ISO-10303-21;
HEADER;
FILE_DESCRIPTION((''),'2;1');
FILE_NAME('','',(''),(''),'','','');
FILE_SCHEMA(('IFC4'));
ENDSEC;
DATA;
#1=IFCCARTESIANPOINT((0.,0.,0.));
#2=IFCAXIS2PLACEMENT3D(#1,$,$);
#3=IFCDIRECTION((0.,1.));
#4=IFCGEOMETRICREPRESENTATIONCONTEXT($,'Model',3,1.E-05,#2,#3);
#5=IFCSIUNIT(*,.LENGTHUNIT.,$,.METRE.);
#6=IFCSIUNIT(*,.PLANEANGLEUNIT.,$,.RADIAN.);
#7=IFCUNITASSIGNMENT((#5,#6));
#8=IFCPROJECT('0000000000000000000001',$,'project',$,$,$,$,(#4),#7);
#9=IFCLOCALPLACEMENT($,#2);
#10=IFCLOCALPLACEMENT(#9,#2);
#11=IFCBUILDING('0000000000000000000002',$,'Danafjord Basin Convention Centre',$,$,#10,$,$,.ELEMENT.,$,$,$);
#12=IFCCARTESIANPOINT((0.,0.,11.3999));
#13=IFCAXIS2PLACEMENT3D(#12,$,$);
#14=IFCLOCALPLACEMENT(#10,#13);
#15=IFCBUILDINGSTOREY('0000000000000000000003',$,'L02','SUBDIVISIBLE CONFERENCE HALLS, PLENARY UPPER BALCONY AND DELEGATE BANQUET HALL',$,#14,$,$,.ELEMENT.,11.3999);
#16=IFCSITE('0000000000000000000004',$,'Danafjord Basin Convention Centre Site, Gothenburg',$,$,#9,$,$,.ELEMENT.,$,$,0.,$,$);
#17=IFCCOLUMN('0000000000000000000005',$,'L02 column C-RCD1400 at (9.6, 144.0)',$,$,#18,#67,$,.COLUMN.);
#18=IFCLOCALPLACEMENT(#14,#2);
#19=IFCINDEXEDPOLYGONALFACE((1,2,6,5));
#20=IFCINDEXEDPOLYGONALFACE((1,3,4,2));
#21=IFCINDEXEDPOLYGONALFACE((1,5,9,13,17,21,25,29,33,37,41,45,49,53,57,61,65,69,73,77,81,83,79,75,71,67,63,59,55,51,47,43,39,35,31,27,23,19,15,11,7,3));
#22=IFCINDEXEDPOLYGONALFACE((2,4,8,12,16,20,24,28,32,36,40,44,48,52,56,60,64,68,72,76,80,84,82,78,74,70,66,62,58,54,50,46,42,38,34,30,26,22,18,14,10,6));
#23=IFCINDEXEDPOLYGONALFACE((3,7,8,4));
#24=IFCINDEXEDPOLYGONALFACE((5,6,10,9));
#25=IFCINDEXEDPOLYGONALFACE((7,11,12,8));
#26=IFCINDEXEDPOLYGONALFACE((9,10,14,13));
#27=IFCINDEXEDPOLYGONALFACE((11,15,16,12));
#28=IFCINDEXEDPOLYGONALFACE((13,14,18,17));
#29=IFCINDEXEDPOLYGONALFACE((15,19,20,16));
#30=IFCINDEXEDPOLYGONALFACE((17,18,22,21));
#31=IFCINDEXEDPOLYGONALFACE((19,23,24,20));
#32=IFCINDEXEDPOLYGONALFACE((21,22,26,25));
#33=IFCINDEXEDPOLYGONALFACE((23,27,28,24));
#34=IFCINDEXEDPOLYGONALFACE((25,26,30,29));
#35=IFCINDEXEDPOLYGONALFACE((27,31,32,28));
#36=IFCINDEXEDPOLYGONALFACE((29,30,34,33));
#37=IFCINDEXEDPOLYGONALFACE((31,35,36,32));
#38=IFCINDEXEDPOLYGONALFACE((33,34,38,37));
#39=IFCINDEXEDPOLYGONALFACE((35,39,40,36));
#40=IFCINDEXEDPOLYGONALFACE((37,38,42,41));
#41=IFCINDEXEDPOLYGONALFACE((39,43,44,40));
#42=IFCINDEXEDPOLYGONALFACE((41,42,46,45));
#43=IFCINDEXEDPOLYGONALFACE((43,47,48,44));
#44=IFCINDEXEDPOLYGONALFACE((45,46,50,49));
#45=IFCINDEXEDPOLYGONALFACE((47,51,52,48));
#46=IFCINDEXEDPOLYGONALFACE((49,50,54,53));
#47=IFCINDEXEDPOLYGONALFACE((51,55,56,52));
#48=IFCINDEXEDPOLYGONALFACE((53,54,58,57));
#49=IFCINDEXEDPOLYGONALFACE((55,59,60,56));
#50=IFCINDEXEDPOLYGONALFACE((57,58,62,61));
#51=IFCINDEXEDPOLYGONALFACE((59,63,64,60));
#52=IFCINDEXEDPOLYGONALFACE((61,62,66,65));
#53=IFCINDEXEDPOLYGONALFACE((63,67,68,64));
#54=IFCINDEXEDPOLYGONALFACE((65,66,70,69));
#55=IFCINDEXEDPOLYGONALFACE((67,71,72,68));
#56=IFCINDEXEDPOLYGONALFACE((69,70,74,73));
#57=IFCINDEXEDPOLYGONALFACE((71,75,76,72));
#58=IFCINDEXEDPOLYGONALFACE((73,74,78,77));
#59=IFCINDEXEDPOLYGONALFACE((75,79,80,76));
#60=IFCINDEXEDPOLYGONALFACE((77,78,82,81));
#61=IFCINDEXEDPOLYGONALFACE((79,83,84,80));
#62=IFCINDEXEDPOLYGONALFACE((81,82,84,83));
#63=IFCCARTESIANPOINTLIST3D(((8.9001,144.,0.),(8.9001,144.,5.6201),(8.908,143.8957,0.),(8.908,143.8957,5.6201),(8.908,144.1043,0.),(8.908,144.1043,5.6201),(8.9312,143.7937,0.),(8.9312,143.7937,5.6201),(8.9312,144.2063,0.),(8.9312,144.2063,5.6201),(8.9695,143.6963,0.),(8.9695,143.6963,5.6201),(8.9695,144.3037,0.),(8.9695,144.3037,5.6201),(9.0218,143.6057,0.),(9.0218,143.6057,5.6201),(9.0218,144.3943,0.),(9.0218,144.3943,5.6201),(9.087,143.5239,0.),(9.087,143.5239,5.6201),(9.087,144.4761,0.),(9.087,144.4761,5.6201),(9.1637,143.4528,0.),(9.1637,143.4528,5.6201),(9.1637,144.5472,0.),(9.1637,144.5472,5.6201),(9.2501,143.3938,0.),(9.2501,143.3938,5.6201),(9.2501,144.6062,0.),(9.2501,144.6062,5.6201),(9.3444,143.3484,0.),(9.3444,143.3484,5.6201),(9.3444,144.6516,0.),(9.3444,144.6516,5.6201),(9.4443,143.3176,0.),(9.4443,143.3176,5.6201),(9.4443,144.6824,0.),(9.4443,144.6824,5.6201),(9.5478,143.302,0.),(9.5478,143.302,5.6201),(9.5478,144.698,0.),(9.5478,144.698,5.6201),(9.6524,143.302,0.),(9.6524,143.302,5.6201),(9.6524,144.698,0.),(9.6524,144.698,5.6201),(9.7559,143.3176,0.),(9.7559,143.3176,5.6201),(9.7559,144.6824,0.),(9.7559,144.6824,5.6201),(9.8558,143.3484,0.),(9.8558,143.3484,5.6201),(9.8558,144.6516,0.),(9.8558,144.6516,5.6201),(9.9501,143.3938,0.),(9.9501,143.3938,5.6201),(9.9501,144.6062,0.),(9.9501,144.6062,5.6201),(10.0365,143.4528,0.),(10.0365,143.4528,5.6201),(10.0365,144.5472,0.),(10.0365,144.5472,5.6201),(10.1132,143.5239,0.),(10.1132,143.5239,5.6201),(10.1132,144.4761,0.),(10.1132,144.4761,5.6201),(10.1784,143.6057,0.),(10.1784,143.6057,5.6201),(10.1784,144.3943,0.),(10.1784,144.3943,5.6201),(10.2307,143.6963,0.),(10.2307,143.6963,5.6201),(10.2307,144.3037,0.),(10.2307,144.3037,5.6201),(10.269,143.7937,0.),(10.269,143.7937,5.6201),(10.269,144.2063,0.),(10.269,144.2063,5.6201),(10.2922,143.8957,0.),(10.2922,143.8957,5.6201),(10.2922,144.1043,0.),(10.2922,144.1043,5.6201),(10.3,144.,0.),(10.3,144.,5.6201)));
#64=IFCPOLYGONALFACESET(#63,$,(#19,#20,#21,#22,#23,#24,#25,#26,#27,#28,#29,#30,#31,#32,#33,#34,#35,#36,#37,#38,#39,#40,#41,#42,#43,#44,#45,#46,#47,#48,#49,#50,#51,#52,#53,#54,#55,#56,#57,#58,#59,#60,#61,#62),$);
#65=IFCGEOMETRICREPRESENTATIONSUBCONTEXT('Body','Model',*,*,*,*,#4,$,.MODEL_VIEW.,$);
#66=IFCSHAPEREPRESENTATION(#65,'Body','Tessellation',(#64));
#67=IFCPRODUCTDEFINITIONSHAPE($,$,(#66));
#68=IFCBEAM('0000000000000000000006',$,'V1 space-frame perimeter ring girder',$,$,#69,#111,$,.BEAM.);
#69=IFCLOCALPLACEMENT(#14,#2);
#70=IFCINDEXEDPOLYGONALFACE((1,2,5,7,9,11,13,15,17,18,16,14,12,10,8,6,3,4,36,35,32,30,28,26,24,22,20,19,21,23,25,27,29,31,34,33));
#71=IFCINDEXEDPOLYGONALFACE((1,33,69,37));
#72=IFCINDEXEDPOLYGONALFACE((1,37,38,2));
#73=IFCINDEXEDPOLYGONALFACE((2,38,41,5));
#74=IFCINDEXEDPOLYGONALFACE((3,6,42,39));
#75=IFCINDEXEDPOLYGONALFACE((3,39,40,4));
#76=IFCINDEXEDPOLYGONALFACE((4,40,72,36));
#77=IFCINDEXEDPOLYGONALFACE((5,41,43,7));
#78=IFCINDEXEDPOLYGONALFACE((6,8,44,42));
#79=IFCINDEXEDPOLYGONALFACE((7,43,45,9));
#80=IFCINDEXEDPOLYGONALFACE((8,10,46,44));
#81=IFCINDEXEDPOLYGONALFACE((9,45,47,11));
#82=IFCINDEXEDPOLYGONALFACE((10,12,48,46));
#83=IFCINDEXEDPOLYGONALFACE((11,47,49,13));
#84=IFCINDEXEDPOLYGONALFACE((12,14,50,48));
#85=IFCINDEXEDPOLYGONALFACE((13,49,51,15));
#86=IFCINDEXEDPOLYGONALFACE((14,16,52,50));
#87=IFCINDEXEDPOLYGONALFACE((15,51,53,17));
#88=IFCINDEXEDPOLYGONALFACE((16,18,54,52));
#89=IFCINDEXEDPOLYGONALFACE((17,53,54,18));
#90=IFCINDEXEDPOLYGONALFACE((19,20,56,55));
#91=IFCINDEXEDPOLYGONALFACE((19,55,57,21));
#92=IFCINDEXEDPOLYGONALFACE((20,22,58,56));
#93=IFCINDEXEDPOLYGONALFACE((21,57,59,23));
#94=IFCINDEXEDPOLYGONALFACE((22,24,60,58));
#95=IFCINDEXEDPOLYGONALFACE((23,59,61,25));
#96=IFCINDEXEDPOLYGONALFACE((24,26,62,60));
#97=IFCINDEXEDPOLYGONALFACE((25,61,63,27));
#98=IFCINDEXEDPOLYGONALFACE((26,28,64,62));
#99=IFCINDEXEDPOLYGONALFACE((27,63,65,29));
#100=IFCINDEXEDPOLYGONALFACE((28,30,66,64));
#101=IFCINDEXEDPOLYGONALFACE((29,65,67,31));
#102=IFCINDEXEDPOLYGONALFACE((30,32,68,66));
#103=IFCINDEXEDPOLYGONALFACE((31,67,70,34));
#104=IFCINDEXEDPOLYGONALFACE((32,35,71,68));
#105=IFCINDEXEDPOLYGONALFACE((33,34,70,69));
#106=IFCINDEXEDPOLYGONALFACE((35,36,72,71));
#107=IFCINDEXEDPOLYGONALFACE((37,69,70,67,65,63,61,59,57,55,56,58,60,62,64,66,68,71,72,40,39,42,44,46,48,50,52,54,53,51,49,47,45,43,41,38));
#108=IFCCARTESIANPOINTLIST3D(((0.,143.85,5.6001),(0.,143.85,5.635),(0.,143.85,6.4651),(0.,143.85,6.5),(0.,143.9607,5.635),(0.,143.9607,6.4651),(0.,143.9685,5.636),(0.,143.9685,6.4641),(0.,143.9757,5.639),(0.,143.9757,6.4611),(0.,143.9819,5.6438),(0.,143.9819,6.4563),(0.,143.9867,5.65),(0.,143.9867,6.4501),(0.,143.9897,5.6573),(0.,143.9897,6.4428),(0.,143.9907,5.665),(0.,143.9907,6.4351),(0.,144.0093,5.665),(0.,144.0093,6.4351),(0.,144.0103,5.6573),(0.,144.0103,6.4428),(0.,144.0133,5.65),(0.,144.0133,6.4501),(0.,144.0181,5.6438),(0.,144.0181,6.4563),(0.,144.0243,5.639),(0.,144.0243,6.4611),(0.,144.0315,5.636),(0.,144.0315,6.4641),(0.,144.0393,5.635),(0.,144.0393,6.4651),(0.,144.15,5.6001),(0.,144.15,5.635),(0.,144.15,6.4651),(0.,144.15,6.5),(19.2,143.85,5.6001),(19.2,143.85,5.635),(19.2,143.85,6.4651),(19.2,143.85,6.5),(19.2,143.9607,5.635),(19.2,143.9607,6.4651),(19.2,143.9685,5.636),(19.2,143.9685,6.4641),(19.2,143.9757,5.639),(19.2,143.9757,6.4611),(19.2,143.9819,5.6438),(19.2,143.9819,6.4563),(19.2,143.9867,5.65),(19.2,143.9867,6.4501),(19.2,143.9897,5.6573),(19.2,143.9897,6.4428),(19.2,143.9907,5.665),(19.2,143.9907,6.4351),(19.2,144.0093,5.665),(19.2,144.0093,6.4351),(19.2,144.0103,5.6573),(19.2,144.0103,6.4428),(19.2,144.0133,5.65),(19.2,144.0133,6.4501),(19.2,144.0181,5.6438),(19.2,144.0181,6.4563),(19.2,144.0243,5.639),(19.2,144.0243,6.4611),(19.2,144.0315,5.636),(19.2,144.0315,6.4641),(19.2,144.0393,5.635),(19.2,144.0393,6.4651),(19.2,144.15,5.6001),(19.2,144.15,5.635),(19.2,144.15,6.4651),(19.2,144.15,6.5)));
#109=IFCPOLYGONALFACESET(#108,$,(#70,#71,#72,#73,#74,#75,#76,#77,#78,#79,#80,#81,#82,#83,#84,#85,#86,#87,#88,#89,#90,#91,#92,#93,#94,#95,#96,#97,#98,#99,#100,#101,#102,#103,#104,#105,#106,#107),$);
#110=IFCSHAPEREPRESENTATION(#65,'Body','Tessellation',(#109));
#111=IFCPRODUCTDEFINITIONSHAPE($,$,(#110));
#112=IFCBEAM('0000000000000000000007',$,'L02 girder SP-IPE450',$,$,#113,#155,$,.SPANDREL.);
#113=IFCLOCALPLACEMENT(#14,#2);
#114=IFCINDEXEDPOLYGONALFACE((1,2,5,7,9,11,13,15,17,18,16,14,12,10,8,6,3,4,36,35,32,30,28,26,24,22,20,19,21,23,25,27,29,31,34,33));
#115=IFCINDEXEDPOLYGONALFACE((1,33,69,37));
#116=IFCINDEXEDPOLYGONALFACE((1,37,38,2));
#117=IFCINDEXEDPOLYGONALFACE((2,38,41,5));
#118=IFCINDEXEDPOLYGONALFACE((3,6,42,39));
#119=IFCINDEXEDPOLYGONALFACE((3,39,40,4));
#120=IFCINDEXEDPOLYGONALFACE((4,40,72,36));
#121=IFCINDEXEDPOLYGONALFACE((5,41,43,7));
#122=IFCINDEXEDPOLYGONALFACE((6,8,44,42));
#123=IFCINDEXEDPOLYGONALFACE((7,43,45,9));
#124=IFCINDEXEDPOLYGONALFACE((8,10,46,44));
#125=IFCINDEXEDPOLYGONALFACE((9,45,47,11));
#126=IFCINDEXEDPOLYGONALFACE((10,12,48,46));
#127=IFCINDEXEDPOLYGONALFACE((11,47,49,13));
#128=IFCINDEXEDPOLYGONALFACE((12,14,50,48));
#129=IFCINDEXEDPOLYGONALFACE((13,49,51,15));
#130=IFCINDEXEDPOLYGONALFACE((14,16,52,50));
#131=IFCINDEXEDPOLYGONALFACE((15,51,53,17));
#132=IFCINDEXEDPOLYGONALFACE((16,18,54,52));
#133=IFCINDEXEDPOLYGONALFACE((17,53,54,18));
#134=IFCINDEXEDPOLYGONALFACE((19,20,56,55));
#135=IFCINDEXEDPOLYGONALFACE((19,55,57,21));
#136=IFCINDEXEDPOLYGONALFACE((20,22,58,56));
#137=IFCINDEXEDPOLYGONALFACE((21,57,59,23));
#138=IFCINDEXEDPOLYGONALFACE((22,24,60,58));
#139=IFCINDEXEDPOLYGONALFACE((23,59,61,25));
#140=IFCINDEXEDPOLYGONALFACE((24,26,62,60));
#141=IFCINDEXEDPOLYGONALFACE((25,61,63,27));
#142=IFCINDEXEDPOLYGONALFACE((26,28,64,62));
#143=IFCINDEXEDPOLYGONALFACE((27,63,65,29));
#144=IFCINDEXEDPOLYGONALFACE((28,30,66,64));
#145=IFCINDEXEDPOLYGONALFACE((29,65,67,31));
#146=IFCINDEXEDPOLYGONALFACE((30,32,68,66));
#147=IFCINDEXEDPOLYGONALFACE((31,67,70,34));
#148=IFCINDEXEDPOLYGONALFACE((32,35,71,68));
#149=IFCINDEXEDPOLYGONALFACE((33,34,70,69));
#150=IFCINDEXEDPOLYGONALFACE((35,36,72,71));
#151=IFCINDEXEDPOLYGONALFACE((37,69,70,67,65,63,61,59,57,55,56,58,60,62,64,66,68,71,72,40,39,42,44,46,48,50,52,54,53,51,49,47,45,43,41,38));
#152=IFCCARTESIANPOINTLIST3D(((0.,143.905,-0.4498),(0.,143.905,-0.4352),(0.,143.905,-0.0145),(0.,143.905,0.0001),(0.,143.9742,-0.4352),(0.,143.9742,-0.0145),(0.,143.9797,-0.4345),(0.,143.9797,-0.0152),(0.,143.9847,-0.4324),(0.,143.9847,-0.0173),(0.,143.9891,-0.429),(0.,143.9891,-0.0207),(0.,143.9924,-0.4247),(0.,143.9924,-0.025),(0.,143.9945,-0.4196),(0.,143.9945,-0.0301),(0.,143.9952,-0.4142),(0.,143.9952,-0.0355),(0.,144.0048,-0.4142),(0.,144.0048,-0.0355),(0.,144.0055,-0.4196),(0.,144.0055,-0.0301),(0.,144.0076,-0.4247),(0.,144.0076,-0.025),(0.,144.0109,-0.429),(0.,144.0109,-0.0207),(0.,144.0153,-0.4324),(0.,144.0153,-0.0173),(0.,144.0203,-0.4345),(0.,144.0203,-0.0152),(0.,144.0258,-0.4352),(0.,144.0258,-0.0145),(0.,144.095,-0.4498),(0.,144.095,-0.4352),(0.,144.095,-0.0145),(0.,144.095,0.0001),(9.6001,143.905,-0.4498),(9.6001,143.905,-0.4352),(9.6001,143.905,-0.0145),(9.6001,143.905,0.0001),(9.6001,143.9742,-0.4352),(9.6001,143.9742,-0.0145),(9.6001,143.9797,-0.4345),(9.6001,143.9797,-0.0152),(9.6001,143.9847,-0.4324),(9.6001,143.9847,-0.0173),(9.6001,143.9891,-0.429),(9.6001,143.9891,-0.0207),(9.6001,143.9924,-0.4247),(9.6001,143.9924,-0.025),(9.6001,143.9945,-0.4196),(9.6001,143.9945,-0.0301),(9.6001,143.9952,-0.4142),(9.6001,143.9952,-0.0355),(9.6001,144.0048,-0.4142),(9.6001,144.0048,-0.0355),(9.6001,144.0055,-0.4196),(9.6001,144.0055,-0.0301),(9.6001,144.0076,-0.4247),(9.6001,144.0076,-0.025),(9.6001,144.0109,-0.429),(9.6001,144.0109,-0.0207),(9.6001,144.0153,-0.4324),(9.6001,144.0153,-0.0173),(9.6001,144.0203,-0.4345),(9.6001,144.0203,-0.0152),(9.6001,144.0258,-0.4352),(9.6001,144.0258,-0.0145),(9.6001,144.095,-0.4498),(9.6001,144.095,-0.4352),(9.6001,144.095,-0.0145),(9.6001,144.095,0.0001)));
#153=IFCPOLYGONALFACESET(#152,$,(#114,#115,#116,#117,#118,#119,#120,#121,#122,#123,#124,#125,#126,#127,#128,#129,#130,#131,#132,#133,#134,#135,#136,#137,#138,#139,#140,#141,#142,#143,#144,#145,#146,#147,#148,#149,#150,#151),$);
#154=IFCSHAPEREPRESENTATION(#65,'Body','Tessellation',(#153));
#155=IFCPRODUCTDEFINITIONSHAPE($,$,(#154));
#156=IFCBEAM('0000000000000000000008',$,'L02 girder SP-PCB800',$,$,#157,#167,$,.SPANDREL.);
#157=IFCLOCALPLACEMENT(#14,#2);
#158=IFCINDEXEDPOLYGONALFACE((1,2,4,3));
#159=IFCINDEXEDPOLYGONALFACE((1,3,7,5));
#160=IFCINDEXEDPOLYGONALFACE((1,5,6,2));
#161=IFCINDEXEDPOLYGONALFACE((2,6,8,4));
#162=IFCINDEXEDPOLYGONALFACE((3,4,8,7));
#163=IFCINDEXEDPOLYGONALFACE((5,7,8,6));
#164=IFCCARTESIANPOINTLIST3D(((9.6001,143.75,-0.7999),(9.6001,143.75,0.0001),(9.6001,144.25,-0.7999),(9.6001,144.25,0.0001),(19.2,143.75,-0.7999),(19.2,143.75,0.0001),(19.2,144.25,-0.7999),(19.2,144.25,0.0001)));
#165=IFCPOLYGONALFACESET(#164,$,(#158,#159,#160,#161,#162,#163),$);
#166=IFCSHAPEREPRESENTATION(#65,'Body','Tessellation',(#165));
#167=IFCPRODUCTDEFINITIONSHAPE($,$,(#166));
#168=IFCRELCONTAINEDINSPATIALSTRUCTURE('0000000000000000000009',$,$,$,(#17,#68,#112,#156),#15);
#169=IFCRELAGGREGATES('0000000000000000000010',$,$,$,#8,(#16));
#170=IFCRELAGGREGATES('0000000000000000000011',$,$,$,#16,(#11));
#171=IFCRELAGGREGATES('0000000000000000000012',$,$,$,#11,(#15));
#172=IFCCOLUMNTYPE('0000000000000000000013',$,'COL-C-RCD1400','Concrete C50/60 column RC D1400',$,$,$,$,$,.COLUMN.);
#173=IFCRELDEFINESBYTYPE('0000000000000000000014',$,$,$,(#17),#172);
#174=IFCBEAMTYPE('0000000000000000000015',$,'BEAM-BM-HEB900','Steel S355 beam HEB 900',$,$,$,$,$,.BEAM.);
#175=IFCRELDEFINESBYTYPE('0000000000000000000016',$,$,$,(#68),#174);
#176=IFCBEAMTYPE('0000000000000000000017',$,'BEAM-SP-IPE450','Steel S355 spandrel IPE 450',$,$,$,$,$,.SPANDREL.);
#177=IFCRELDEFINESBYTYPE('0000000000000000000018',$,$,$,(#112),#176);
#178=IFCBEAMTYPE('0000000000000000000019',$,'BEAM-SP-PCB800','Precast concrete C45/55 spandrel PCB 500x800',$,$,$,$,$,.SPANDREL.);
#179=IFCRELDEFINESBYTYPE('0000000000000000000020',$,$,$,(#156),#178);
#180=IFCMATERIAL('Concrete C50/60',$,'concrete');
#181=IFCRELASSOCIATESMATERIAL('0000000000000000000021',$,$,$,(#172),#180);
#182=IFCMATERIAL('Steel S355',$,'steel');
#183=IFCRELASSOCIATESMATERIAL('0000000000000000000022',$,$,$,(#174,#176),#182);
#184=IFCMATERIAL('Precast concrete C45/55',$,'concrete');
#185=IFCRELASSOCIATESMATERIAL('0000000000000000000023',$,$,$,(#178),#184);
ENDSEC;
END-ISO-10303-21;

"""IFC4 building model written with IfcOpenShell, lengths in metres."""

from ifc_helpers import new_model, si_unit, direction, frame, origin, origin_2d, place, context, subcontext, project, spatial, rectangle, circle, i_section, extrude, material, material_profile, profile_set, type_object, element, save


model = new_model("IFC4")

# Units and contexts
model_context = context("Model", 3, precision=1e-05, world=origin(), true_north=direction((0.0, 1.0)))
body_context = subcontext(model_context, "Body", "Model", "MODEL_VIEW")
ifc_project = project(units=[si_unit("LENGTHUNIT", "METRE"), si_unit("PLANEANGLEUNIT", "RADIAN")], contexts=[model_context])

# Site, building, storey
site_placement = place(None, origin())
site = spatial("IfcSite", under=ifc_project, at=site_placement, Name="Danafjord Basin Convention Centre Site, Gothenburg", CompositionType="ELEMENT", RefElevation=0.0)
building_placement = place(site_placement, origin())
building = spatial("IfcBuilding", under=site, at=building_placement, Name="Danafjord Basin Convention Centre", CompositionType="ELEMENT")
storey_placement = place(building_placement, frame((0.0, 0.0, 11.3999)))
storey = spatial("IfcBuildingStorey", under=building, at=storey_placement, Name="L02", Description="SUBDIVISIBLE CONFERENCE HALLS, PLENARY UPPER BALCONY AND DELEGATE BANQUET HALL", CompositionType="ELEMENT", Elevation=11.3999)

# Column
ifc_material_1 = material(Name="Concrete C50/60", Category="concrete")
ifc_material_profile_1 = material_profile(ifc_material_1, circle(Radius=0.7, at=origin_2d()), Name="RC D1400")
ifc_profile_set_1 = profile_set([ifc_material_profile_1], Name="Concrete C50/60")
column_type = type_object("IfcColumnType", Name="COL-C-RCD1400", Description="Concrete C50/60 column RC D1400", PredefinedType="COLUMN", material=ifc_profile_set_1)
column_placement = place(storey_placement, frame((9.6001, 144.0, 0.0), z_axis=(0.0, 0.0, 1.0), x_axis=(1.0, 0.0, 0.0)))
element("IfcColumn", 1, at=column_placement, inside=storey, type_object=column_type, Name="L02 column C-RCD1400 at (9.6, 144.0)", PredefinedType="COLUMN", context=body_context, shape_type="SweptSolid", body=[
    extrude(circle(Radius=0.7, at=origin_2d()), origin(), (0.0, 0.0, 1.0), 5.6201),
])

# Beams
ifc_material_2 = material(Name="Steel S355", Category="steel")
ifc_material_profile_2 = material_profile(ifc_material_2, i_section(OverallWidth=0.3, OverallDepth=0.8999, WebThickness=0.0186, FlangeThickness=0.0349, FilletRadius=0.03, at=origin_2d()), Name="HEB 900")
ifc_profile_set_2 = profile_set([ifc_material_profile_2], Name="Steel S355")
beam_type_1 = type_object("IfcBeamType", Name="BEAM-BM-HEB900", Description="Steel S355 beam HEB 900", PredefinedType="BEAM", material=ifc_profile_set_2)
beam_1_placement = place(storey_placement, frame((0.0, 144.0, 6.05), z_axis=(1.0, 0.0, 0.0), x_axis=(0.0, 1.0, 0.0)))
element("IfcBeam", 2, at=beam_1_placement, inside=storey, type_object=beam_type_1, Name="V1 space-frame perimeter ring girder", PredefinedType="BEAM", context=body_context, shape_type="SweptSolid", body=[
    extrude(i_section(OverallWidth=0.3, OverallDepth=0.8999, WebThickness=0.0186, FlangeThickness=0.0349, FilletRadius=0.03, at=origin_2d()), origin(), (0.0, 0.0, 1.0), 19.2),
])
ifc_material_profile_3 = material_profile(ifc_material_2, i_section(OverallWidth=0.1899, OverallDepth=0.45, WebThickness=0.0095, FlangeThickness=0.0146, FilletRadius=0.021, at=origin_2d()), Name="IPE 450")
ifc_profile_set_3 = profile_set([ifc_material_profile_3], Name="Steel S355")
beam_type_2 = type_object("IfcBeamType", Name="BEAM-SP-IPE450", Description="Steel S355 spandrel IPE 450", PredefinedType="SPANDREL", material=ifc_profile_set_3)
beam_2_placement = place(storey_placement, frame((0.0, 144.0, -0.2249), z_axis=(1.0, 0.0, 0.0), x_axis=(0.0, 1.0, 0.0)))
element("IfcBeam", 3, at=beam_2_placement, inside=storey, type_object=beam_type_2, Name="L02 girder SP-IPE450", PredefinedType="SPANDREL", context=body_context, shape_type="SweptSolid", body=[
    extrude(i_section(OverallWidth=0.1899, OverallDepth=0.45, WebThickness=0.0095, FlangeThickness=0.0146, FilletRadius=0.021, at=origin_2d()), origin(), (0.0, 0.0, 1.0), 9.6001),
])
ifc_material_3 = material(Name="Precast concrete C45/55", Category="concrete")
ifc_material_profile_4 = material_profile(ifc_material_3, rectangle(XDim=0.5, YDim=0.8, at=origin_2d()), Name="PCB 500x800")
ifc_profile_set_4 = profile_set([ifc_material_profile_4], Name="Precast concrete C45/55")
beam_type_3 = type_object("IfcBeamType", Name="BEAM-SP-PCB800", Description="Precast concrete C45/55 spandrel PCB 500x800", PredefinedType="SPANDREL", material=ifc_profile_set_4)
beam_3_placement = place(storey_placement, frame((9.6001, 144.0, -0.3999), z_axis=(1.0, 0.0, 0.0), x_axis=(0.0, 1.0, 0.0)))
element("IfcBeam", 4, at=beam_3_placement, inside=storey, type_object=beam_type_3, Name="L02 girder SP-PCB800", PredefinedType="SPANDREL", context=body_context, shape_type="SweptSolid", body=[
    extrude(rectangle(XDim=0.5, YDim=0.8, at=origin_2d()), origin(), (0.0, 0.0, 1.0), 9.5999),
])

save(model, "model.ifc")
